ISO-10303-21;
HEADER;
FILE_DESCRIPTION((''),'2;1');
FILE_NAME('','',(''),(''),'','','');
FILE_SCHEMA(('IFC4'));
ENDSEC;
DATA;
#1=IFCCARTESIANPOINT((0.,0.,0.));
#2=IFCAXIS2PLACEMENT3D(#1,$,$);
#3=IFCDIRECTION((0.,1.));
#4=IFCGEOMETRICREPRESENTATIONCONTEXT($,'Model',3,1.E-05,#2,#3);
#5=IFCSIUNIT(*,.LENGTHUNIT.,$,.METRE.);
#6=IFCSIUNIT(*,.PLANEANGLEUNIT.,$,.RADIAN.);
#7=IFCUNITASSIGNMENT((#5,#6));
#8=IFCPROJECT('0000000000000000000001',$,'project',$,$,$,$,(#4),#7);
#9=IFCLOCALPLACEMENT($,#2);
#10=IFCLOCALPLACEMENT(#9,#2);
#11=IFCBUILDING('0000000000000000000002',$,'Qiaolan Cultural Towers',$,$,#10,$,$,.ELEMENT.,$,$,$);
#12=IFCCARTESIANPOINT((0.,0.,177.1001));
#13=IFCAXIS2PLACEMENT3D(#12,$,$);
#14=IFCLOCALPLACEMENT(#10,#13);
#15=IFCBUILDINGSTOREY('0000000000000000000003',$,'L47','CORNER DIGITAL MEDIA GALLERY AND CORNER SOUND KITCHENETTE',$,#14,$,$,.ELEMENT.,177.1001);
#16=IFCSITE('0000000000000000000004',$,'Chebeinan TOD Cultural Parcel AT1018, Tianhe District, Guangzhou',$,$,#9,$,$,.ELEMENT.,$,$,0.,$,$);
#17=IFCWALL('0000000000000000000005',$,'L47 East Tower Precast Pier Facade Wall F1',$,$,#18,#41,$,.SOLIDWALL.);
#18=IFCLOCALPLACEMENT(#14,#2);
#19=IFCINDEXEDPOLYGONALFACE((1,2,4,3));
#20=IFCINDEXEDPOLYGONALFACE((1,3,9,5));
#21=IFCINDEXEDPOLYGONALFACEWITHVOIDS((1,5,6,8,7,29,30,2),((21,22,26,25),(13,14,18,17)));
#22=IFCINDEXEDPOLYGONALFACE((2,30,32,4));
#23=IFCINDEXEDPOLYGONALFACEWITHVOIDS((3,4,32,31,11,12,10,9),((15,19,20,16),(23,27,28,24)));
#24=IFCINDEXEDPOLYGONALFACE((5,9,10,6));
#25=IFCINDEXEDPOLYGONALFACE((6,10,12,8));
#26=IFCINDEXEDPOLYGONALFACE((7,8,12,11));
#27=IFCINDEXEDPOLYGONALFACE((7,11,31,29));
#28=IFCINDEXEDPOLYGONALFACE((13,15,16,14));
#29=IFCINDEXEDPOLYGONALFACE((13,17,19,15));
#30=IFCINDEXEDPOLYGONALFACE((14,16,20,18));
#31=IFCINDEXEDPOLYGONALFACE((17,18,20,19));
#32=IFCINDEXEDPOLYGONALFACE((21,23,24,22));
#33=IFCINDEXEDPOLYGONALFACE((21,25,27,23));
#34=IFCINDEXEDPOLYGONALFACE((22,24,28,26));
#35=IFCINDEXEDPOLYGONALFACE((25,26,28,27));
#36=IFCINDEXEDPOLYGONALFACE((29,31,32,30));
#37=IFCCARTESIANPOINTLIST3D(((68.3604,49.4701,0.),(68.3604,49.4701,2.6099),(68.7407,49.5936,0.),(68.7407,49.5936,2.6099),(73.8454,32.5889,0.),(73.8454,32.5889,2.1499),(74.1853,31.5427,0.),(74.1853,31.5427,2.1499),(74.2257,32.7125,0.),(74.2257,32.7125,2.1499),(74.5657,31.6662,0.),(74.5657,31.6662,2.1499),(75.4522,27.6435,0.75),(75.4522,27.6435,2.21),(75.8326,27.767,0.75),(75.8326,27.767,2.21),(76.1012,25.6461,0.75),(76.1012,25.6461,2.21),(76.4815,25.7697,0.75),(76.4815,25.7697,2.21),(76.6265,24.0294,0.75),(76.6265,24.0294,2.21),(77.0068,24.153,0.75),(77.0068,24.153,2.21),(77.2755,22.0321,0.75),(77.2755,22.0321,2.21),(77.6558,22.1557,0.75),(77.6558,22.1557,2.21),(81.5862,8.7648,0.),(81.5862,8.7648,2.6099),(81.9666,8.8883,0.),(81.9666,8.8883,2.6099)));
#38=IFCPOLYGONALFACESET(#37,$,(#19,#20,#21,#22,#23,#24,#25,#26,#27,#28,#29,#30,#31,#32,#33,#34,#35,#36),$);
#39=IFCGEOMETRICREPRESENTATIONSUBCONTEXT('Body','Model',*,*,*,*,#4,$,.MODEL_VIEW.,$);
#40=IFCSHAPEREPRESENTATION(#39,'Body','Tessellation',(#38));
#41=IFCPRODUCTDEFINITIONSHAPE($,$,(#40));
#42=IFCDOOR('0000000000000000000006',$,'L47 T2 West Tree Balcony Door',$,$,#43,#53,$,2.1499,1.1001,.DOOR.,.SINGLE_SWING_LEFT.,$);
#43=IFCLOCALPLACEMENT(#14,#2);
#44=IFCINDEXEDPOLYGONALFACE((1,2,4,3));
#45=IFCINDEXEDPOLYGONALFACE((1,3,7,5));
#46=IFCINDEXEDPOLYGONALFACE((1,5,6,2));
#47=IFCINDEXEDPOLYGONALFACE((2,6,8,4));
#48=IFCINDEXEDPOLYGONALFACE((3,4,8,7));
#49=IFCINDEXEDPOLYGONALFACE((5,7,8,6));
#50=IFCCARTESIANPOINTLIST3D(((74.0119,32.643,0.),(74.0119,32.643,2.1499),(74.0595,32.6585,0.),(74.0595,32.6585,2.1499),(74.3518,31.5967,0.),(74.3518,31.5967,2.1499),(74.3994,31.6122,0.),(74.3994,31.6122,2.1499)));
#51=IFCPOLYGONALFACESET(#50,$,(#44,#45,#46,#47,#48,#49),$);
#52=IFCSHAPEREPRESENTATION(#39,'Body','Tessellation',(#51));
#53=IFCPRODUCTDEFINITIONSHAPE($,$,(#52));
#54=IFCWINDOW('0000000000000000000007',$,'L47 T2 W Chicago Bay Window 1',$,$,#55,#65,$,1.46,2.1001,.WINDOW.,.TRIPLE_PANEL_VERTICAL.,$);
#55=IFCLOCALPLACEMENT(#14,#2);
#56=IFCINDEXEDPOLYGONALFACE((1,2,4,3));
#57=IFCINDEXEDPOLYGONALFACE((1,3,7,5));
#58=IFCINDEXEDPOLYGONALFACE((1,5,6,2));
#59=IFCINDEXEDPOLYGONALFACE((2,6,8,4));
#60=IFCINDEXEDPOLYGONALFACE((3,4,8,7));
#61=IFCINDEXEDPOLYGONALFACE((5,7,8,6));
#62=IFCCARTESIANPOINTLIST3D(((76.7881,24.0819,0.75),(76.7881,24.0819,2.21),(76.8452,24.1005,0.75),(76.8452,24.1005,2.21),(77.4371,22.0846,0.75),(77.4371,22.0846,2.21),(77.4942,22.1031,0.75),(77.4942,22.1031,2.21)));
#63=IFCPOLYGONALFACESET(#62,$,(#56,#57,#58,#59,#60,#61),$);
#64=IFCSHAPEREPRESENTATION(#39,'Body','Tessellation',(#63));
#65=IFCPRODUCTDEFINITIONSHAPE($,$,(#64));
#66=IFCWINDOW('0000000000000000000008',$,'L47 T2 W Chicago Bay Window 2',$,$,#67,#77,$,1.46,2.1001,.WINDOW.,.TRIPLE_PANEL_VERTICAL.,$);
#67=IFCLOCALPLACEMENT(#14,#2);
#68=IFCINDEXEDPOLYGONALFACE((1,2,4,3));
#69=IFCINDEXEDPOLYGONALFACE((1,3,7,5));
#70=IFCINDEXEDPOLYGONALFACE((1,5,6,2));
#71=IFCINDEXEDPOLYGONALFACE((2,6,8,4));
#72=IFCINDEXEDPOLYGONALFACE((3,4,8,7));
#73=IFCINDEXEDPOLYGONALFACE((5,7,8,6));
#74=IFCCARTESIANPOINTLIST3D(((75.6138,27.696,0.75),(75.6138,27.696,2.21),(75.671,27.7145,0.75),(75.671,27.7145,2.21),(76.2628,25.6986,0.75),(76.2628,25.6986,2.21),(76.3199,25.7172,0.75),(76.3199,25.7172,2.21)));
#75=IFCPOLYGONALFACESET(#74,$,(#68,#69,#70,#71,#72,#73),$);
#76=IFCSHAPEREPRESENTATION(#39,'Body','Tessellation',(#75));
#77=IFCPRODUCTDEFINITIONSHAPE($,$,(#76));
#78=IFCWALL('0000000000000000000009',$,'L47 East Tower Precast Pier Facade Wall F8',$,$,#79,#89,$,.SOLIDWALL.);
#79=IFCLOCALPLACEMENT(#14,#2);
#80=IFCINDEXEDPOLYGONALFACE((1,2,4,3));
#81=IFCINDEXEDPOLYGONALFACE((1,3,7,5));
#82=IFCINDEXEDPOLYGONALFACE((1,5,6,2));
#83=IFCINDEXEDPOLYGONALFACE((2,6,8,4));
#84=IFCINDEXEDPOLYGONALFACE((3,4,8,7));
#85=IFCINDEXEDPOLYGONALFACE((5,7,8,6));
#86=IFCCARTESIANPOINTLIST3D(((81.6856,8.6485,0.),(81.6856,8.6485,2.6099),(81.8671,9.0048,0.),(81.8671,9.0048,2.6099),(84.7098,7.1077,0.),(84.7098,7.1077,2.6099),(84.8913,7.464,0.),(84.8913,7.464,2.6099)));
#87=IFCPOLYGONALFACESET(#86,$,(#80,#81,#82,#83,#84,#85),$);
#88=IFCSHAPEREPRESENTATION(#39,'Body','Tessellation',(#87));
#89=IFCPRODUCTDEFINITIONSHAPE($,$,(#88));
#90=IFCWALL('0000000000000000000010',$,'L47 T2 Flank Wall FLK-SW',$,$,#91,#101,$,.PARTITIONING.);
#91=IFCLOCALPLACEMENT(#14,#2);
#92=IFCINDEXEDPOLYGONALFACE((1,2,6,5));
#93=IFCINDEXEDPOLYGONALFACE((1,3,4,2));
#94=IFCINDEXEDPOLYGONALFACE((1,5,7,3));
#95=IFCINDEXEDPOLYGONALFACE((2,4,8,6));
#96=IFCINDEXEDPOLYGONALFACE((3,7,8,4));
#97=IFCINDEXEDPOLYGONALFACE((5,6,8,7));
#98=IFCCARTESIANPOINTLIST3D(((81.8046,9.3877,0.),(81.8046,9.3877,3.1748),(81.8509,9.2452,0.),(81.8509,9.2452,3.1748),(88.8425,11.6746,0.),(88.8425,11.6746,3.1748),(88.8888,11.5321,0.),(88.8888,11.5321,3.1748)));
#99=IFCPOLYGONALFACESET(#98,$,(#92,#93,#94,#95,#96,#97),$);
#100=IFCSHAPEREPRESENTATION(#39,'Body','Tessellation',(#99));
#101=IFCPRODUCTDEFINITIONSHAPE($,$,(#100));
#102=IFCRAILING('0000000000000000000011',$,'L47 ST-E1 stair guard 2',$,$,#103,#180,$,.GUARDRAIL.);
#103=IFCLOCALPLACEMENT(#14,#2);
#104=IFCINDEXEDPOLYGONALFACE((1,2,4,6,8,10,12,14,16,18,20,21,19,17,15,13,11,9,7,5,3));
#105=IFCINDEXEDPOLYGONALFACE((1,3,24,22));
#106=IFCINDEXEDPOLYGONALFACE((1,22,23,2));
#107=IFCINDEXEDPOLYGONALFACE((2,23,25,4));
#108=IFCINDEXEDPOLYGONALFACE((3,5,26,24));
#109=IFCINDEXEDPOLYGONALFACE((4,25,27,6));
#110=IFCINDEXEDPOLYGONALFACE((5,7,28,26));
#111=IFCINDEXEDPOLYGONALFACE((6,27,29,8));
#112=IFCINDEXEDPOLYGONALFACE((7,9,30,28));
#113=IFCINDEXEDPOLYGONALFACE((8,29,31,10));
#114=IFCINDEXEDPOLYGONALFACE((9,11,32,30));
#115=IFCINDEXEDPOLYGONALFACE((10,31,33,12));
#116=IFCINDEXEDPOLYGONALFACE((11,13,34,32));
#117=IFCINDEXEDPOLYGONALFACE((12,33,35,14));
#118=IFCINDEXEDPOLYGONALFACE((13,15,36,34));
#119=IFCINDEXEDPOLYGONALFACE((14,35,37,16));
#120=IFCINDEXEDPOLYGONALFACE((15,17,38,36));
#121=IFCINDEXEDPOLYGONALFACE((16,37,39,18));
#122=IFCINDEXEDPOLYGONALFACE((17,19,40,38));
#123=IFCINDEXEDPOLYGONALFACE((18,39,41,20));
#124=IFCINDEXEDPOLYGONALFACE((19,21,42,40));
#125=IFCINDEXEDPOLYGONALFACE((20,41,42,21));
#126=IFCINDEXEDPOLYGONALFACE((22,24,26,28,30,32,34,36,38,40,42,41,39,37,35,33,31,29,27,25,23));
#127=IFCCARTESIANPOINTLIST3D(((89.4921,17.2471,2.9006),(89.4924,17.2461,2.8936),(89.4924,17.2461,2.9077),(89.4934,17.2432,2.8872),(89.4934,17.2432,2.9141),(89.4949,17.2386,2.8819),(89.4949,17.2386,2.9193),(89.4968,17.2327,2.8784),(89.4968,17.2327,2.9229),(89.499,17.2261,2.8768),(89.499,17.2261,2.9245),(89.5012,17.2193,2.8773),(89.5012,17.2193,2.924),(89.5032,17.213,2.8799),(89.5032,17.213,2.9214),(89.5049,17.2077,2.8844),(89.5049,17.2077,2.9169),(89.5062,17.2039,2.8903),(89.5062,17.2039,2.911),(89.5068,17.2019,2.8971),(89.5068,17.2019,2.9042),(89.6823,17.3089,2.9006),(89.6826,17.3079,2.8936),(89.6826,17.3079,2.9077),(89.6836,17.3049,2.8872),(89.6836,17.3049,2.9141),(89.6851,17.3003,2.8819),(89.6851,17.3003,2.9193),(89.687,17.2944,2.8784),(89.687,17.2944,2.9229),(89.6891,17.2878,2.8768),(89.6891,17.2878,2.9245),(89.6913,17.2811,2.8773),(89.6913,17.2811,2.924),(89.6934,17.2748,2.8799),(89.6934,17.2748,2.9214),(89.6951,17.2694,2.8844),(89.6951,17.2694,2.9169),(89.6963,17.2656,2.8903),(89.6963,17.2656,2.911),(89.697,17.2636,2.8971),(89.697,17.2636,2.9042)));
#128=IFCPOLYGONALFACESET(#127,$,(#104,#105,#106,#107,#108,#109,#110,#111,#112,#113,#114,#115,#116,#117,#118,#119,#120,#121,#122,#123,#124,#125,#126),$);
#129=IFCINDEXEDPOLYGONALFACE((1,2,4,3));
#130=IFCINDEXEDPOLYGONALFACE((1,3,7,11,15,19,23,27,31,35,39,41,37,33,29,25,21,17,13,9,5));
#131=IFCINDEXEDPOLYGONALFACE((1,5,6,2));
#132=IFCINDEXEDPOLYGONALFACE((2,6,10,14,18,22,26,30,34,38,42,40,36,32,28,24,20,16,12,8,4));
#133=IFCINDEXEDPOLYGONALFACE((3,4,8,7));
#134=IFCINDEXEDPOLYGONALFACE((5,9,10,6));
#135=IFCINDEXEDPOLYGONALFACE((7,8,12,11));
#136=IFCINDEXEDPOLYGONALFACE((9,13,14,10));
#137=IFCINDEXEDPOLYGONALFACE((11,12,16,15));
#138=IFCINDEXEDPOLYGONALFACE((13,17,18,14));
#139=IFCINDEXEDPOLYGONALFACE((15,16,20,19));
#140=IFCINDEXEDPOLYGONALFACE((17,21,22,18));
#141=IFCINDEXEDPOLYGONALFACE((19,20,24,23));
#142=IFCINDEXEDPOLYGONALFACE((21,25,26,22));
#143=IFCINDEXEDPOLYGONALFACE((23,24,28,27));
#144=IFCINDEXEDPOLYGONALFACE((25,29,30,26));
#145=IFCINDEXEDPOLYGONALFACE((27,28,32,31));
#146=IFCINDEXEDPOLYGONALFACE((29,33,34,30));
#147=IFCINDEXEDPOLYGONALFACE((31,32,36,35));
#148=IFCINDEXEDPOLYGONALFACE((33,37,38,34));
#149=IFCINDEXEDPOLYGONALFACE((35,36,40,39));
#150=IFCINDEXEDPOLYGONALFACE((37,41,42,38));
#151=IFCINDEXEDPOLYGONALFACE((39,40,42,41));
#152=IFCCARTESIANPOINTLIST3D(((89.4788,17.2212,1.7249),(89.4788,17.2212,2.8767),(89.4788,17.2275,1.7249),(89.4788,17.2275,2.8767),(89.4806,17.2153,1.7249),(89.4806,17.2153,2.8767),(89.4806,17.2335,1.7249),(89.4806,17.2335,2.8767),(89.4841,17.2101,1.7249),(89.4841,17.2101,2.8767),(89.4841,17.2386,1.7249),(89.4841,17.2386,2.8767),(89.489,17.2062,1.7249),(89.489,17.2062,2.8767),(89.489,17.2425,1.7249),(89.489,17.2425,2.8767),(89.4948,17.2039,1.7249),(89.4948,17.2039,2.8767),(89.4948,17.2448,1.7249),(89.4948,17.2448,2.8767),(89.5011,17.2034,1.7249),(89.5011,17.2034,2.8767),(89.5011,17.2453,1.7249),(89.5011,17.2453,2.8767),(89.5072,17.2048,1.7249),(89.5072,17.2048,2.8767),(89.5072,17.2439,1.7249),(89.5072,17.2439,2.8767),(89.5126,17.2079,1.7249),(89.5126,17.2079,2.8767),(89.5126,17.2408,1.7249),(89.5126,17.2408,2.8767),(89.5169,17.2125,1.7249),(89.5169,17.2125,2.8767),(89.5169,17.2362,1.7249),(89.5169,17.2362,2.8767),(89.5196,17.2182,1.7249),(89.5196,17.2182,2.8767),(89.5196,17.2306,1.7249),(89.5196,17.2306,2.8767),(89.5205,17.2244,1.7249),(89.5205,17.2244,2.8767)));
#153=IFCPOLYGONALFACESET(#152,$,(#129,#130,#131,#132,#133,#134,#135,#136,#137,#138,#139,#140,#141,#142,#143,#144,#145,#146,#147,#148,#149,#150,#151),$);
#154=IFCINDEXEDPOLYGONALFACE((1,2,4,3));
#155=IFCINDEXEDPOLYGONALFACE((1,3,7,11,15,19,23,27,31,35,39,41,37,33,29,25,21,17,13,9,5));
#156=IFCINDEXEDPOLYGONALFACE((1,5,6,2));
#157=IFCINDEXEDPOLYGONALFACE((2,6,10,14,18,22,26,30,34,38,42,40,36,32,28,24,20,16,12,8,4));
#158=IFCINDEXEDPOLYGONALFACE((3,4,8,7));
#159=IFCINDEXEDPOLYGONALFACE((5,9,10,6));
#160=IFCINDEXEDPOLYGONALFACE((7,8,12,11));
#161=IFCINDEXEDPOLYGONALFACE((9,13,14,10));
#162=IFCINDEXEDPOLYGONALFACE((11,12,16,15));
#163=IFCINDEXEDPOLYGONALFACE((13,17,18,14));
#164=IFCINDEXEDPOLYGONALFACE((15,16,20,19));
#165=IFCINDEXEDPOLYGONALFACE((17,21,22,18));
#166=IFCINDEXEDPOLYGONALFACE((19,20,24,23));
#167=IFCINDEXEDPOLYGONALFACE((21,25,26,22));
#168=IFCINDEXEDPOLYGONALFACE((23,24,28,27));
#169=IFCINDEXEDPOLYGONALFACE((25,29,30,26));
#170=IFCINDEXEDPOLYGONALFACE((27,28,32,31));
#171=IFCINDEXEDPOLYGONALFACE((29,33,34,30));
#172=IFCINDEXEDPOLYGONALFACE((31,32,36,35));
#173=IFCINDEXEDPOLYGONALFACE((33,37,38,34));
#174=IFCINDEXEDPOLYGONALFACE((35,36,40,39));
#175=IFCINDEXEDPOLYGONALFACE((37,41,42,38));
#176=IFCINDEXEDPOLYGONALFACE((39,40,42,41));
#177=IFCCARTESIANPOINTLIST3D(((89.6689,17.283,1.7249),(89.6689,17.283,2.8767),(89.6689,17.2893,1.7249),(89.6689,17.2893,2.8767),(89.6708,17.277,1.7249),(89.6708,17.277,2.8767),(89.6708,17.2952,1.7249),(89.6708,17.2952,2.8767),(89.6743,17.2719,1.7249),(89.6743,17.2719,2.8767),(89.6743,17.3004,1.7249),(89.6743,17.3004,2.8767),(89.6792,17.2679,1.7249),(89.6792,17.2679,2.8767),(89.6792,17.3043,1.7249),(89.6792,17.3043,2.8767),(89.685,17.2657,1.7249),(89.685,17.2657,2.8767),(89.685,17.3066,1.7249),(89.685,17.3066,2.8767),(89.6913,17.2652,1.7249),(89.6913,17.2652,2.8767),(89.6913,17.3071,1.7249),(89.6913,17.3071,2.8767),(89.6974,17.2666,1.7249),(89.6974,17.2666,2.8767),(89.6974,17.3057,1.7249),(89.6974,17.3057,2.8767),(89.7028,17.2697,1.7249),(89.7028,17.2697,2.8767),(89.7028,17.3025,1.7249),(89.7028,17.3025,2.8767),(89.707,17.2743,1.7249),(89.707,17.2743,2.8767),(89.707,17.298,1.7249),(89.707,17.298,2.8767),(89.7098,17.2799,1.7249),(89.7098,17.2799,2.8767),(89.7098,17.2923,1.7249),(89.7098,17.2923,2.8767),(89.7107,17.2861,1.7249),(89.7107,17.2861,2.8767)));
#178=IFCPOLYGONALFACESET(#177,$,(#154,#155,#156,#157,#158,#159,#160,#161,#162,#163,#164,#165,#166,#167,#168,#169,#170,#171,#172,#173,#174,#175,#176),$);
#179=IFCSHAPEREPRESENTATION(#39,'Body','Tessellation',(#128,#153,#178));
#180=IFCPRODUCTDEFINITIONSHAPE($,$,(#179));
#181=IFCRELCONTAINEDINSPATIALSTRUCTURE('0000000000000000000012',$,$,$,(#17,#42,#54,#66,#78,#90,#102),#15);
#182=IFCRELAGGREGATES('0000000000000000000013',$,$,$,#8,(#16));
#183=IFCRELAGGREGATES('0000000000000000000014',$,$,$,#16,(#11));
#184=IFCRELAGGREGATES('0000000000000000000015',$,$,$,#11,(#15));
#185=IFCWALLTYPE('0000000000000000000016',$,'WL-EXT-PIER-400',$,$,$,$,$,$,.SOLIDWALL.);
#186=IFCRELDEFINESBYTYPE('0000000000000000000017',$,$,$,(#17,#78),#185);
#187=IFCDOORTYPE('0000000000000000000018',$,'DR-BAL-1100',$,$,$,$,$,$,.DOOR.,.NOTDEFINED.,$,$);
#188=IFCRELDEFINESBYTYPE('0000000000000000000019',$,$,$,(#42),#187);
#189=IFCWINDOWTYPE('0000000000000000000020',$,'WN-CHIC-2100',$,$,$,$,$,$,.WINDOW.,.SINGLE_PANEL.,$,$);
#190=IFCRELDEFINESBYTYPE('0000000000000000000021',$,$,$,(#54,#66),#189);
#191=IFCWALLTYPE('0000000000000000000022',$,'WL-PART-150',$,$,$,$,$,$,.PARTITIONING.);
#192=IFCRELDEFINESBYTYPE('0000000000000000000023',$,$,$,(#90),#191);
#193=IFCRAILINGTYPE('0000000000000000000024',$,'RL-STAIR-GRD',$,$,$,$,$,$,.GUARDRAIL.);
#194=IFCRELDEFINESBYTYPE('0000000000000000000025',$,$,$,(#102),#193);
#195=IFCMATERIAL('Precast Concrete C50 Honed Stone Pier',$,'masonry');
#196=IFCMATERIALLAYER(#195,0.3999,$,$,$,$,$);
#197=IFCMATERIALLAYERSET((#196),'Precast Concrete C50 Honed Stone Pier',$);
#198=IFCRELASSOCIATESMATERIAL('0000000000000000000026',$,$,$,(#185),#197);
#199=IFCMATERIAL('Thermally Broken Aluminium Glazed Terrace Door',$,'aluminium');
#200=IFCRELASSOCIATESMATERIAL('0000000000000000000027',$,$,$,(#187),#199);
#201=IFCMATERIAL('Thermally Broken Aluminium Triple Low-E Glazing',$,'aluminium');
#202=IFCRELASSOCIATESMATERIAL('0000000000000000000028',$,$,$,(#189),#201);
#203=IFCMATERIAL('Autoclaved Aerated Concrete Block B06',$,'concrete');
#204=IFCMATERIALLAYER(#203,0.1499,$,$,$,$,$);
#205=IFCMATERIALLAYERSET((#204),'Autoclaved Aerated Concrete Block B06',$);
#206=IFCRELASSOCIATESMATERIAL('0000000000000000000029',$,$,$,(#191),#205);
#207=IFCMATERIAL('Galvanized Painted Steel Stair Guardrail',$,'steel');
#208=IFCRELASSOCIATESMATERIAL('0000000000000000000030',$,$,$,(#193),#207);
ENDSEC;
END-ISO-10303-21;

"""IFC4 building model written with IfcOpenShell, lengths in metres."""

from ifc_helpers import new_model, si_unit, direction, frame, frame_2d, origin, origin_2d, place, context, subcontext, project, spatial, rectangle, circle, extrude, material, layer, layer_set, type_object, element, fill, save


model = new_model("IFC4")

# Units and contexts
model_context = context("Model", 3, precision=1e-05, world=origin(), true_north=direction((0.0, 1.0)))
body_context = subcontext(model_context, "Body", "Model", "MODEL_VIEW")
ifc_project = project(units=[si_unit("LENGTHUNIT", "METRE"), si_unit("PLANEANGLEUNIT", "RADIAN")], contexts=[model_context])

# Site, building, storey
site_placement = place(None, origin())
site = spatial("IfcSite", under=ifc_project, at=site_placement, Name="Chebeinan TOD Cultural Parcel AT1018, Tianhe District, Guangzhou", CompositionType="ELEMENT", RefElevation=0.0)
building_placement = place(site_placement, origin())
building = spatial("IfcBuilding", under=site, at=building_placement, Name="Qiaolan Cultural Towers", CompositionType="ELEMENT")
storey_placement = place(building_placement, frame((0.0, 0.0, 177.1001)))
storey = spatial("IfcBuildingStorey", under=building, at=storey_placement, Name="L47", Description="CORNER DIGITAL MEDIA GALLERY AND CORNER SOUND KITCHENETTE", CompositionType="ELEMENT", Elevation=177.1001)

# Wall, openings, door, windows
ifc_material_1 = material(Name="Precast Concrete C50 Honed Stone Pier", Category="masonry")
ifc_layer_1 = layer(ifc_material_1, 0.3999)
ifc_layer_set_1 = layer_set([ifc_layer_1], Name="Precast Concrete C50 Honed Stone Pier")
wall_type_1 = type_object("IfcWallType", Name="WL-EXT-PIER-400", PredefinedType="SOLIDWALL", material=ifc_layer_set_1)
wall_1_placement = place(storey_placement, frame((81.7764, 8.8267, 0.0), z_axis=(0.0, 0.0, 1.0), x_axis=(-0.309014, 0.951057, 0.0)))
wall_1 = element("IfcWall", 1, at=wall_1_placement, inside=storey, type_object=wall_type_1, Name="L47 East Tower Precast Pier Facade Wall F1", PredefinedType="SOLIDWALL", context=body_context, shape_type="SweptSolid", body=[
    extrude(rectangle(XDim=42.8, YDim=0.3999, at=frame_2d((21.3999, 0.0))), origin(), (0.0, 0.0, 1.0), 2.6099),
])
opening_1_placement = place(wall_1_placement, frame((13.95, 0.0, 0.75)))
opening_1 = element("IfcOpeningElement", 2, at=opening_1_placement, cuts=wall_1, PredefinedType="OPENING", context=body_context, shape_type="SweptSolid", body=[
    extrude(rectangle(XDim=2.1001, YDim=1.46, at=frame_2d((1.05, 0.73))), frame((0.0, 0.21, 0.0), z_axis=(0.0, -1.0, 0.0), x_axis=(1.0, 0.0, 0.0)), (0.0, 0.0, 1.0), 0.4199),
])
opening_2_placement = place(wall_1_placement, frame((17.75, 0.0, 0.75)))
opening_2 = element("IfcOpeningElement", 3, at=opening_2_placement, cuts=wall_1, PredefinedType="OPENING", context=body_context, shape_type="SweptSolid", body=[
    extrude(rectangle(XDim=2.1001, YDim=1.46, at=frame_2d((1.05, 0.73))), frame((0.0, 0.21, 0.0), z_axis=(0.0, -1.0, 0.0), x_axis=(1.0, 0.0, 0.0)), (0.0, 0.0, 1.0), 0.4199),
])
opening_3_placement = place(wall_1_placement, frame((23.95, 0.0, 0.0)))
opening_3 = element("IfcOpeningElement", 4, at=opening_3_placement, cuts=wall_1, PredefinedType="OPENING", context=body_context, shape_type="SweptSolid", body=[
    extrude(rectangle(XDim=1.1001, YDim=2.1499, at=frame_2d((0.55, 1.075))), frame((0.0, 0.21, 0.0), z_axis=(0.0, -1.0, 0.0), x_axis=(1.0, 0.0, 0.0)), (0.0, 0.0, 1.0), 0.4199),
])
ifc_material_2 = material(Name="Thermally Broken Aluminium Glazed Terrace Door", Category="aluminium")
door_type = type_object("IfcDoorType", Name="DR-BAL-1100", OperationType="NOTDEFINED", PredefinedType="DOOR", material=ifc_material_2)
door_placement = place(opening_3_placement, origin())
door = element("IfcDoor", 5, at=door_placement, inside=storey, type_object=door_type, Name="L47 T2 West Tree Balcony Door", OperationType="SINGLE_SWING_LEFT", OverallHeight=2.1499, OverallWidth=1.1001, PredefinedType="DOOR", context=body_context, shape_type="SweptSolid", body=[
    extrude(rectangle(XDim=1.1001, YDim=2.1499, at=frame_2d((0.55, 1.075))), frame((0.0, 0.0249, 0.0), z_axis=(0.0, -1.0, 0.0), x_axis=(1.0, 0.0, 0.0)), (0.0, 0.0, 1.0), 0.05),
])
fill(opening_3, door)
ifc_material_3 = material(Name="Thermally Broken Aluminium Triple Low-E Glazing", Category="aluminium")
window_type = type_object("IfcWindowType", Name="WN-CHIC-2100", PartitioningType="SINGLE_PANEL", PredefinedType="WINDOW", material=ifc_material_3)
window_1_placement = place(opening_1_placement, origin())
window_1 = element("IfcWindow", 6, at=window_1_placement, inside=storey, type_object=window_type, Name="L47 T2 W Chicago Bay Window 1", OverallHeight=1.46, OverallWidth=2.1001, PartitioningType="TRIPLE_PANEL_VERTICAL", PredefinedType="WINDOW", context=body_context, shape_type="SweptSolid", body=[
    extrude(rectangle(XDim=2.1001, YDim=1.46, at=frame_2d((1.05, 0.73))), frame((0.0, 0.03, 0.0), z_axis=(0.0, -1.0, 0.0), x_axis=(1.0, 0.0, 0.0)), (0.0, 0.0, 1.0), 0.0601),
])
fill(opening_1, window_1)
window_2_placement = place(opening_2_placement, origin())
window_2 = element("IfcWindow", 7, at=window_2_placement, inside=storey, type_object=window_type, Name="L47 T2 W Chicago Bay Window 2", OverallHeight=1.46, OverallWidth=2.1001, PartitioningType="TRIPLE_PANEL_VERTICAL", PredefinedType="WINDOW", context=body_context, shape_type="SweptSolid", body=[
    extrude(rectangle(XDim=2.1001, YDim=1.46, at=frame_2d((1.05, 0.73))), frame((0.0, 0.03, 0.0), z_axis=(0.0, -1.0, 0.0), x_axis=(1.0, 0.0, 0.0)), (0.0, 0.0, 1.0), 0.0601),
])
fill(opening_2, window_2)

# Walls
wall_2_placement = place(storey_placement, frame((84.8005, 7.2859, 0.0), z_axis=(0.0, 0.0, 1.0), x_axis=(-0.891021, 0.453962, 0.0)))
element("IfcWall", 8, at=wall_2_placement, inside=storey, type_object=wall_type_1, Name="L47 East Tower Precast Pier Facade Wall F8", PredefinedType="SOLIDWALL", context=body_context, shape_type="SweptSolid", body=[
    extrude(rectangle(XDim=3.394, YDim=0.3999, at=frame_2d((1.697, 0.0))), origin(), (0.0, 0.0, 1.0), 2.6099),
])
ifc_material_4 = material(Name="Autoclaved Aerated Concrete Block B06", Category="concrete")
ifc_layer_2 = layer(ifc_material_4, 0.1499)
ifc_layer_set_2 = layer_set([ifc_layer_2], Name="Autoclaved Aerated Concrete Block B06")
wall_type_2 = type_object("IfcWallType", Name="WL-PART-150", PredefinedType="PARTITIONING", material=ifc_layer_set_2)
wall_3_placement = place(storey_placement, frame((81.8276, 9.3164, 0.0), z_axis=(0.0, 0.0, 1.0), x_axis=(0.951051, 0.309033, 0.0)))
element("IfcWall", 9, at=wall_3_placement, inside=storey, type_object=wall_type_2, Name="L47 T2 Flank Wall FLK-SW", PredefinedType="PARTITIONING", context=body_context, shape_type="SweptSolid", body=[
    extrude(rectangle(XDim=7.4001, YDim=0.1499, at=frame_2d((3.7002, 0.0))), origin(), (0.0, 0.0, 1.0), 3.1748),
])

# Railing
ifc_material_5 = material(Name="Galvanized Painted Steel Stair Guardrail", Category="steel")
railing_type = type_object("IfcRailingType", Name="RL-STAIR-GRD", PredefinedType="GUARDRAIL", material=ifc_material_5)
railing_1_placement = place(storey_placement, frame((89.4995, 17.2244, 1.7249)))
element("IfcRailing", 10, at=railing_1_placement, inside=storey, type_object=railing_type, Name="L47 ST-E1 stair guard 2", PredefinedType="GUARDRAIL", context=body_context, shape_type="SweptSolid", body=[
    extrude(circle(Radius=0.0239, at=origin_2d()), frame((0.0, 0.0, 1.1758), z_axis=(0.951097, 0.308893, 0.0), x_axis=(-0.308893, 0.951097, 0.0)), (0.0, 0.0, 1.0), 0.2),
    extrude(circle(Radius=0.021, at=origin_2d()), origin(), (0.0, 0.0, 1.0), 1.1519),
    extrude(circle(Radius=0.021, at=origin_2d()), frame((0.1902, 0.0618, 0.0)), (0.0, 0.0, 1.0), 1.1519),
])

save(model, "model.ifc")
